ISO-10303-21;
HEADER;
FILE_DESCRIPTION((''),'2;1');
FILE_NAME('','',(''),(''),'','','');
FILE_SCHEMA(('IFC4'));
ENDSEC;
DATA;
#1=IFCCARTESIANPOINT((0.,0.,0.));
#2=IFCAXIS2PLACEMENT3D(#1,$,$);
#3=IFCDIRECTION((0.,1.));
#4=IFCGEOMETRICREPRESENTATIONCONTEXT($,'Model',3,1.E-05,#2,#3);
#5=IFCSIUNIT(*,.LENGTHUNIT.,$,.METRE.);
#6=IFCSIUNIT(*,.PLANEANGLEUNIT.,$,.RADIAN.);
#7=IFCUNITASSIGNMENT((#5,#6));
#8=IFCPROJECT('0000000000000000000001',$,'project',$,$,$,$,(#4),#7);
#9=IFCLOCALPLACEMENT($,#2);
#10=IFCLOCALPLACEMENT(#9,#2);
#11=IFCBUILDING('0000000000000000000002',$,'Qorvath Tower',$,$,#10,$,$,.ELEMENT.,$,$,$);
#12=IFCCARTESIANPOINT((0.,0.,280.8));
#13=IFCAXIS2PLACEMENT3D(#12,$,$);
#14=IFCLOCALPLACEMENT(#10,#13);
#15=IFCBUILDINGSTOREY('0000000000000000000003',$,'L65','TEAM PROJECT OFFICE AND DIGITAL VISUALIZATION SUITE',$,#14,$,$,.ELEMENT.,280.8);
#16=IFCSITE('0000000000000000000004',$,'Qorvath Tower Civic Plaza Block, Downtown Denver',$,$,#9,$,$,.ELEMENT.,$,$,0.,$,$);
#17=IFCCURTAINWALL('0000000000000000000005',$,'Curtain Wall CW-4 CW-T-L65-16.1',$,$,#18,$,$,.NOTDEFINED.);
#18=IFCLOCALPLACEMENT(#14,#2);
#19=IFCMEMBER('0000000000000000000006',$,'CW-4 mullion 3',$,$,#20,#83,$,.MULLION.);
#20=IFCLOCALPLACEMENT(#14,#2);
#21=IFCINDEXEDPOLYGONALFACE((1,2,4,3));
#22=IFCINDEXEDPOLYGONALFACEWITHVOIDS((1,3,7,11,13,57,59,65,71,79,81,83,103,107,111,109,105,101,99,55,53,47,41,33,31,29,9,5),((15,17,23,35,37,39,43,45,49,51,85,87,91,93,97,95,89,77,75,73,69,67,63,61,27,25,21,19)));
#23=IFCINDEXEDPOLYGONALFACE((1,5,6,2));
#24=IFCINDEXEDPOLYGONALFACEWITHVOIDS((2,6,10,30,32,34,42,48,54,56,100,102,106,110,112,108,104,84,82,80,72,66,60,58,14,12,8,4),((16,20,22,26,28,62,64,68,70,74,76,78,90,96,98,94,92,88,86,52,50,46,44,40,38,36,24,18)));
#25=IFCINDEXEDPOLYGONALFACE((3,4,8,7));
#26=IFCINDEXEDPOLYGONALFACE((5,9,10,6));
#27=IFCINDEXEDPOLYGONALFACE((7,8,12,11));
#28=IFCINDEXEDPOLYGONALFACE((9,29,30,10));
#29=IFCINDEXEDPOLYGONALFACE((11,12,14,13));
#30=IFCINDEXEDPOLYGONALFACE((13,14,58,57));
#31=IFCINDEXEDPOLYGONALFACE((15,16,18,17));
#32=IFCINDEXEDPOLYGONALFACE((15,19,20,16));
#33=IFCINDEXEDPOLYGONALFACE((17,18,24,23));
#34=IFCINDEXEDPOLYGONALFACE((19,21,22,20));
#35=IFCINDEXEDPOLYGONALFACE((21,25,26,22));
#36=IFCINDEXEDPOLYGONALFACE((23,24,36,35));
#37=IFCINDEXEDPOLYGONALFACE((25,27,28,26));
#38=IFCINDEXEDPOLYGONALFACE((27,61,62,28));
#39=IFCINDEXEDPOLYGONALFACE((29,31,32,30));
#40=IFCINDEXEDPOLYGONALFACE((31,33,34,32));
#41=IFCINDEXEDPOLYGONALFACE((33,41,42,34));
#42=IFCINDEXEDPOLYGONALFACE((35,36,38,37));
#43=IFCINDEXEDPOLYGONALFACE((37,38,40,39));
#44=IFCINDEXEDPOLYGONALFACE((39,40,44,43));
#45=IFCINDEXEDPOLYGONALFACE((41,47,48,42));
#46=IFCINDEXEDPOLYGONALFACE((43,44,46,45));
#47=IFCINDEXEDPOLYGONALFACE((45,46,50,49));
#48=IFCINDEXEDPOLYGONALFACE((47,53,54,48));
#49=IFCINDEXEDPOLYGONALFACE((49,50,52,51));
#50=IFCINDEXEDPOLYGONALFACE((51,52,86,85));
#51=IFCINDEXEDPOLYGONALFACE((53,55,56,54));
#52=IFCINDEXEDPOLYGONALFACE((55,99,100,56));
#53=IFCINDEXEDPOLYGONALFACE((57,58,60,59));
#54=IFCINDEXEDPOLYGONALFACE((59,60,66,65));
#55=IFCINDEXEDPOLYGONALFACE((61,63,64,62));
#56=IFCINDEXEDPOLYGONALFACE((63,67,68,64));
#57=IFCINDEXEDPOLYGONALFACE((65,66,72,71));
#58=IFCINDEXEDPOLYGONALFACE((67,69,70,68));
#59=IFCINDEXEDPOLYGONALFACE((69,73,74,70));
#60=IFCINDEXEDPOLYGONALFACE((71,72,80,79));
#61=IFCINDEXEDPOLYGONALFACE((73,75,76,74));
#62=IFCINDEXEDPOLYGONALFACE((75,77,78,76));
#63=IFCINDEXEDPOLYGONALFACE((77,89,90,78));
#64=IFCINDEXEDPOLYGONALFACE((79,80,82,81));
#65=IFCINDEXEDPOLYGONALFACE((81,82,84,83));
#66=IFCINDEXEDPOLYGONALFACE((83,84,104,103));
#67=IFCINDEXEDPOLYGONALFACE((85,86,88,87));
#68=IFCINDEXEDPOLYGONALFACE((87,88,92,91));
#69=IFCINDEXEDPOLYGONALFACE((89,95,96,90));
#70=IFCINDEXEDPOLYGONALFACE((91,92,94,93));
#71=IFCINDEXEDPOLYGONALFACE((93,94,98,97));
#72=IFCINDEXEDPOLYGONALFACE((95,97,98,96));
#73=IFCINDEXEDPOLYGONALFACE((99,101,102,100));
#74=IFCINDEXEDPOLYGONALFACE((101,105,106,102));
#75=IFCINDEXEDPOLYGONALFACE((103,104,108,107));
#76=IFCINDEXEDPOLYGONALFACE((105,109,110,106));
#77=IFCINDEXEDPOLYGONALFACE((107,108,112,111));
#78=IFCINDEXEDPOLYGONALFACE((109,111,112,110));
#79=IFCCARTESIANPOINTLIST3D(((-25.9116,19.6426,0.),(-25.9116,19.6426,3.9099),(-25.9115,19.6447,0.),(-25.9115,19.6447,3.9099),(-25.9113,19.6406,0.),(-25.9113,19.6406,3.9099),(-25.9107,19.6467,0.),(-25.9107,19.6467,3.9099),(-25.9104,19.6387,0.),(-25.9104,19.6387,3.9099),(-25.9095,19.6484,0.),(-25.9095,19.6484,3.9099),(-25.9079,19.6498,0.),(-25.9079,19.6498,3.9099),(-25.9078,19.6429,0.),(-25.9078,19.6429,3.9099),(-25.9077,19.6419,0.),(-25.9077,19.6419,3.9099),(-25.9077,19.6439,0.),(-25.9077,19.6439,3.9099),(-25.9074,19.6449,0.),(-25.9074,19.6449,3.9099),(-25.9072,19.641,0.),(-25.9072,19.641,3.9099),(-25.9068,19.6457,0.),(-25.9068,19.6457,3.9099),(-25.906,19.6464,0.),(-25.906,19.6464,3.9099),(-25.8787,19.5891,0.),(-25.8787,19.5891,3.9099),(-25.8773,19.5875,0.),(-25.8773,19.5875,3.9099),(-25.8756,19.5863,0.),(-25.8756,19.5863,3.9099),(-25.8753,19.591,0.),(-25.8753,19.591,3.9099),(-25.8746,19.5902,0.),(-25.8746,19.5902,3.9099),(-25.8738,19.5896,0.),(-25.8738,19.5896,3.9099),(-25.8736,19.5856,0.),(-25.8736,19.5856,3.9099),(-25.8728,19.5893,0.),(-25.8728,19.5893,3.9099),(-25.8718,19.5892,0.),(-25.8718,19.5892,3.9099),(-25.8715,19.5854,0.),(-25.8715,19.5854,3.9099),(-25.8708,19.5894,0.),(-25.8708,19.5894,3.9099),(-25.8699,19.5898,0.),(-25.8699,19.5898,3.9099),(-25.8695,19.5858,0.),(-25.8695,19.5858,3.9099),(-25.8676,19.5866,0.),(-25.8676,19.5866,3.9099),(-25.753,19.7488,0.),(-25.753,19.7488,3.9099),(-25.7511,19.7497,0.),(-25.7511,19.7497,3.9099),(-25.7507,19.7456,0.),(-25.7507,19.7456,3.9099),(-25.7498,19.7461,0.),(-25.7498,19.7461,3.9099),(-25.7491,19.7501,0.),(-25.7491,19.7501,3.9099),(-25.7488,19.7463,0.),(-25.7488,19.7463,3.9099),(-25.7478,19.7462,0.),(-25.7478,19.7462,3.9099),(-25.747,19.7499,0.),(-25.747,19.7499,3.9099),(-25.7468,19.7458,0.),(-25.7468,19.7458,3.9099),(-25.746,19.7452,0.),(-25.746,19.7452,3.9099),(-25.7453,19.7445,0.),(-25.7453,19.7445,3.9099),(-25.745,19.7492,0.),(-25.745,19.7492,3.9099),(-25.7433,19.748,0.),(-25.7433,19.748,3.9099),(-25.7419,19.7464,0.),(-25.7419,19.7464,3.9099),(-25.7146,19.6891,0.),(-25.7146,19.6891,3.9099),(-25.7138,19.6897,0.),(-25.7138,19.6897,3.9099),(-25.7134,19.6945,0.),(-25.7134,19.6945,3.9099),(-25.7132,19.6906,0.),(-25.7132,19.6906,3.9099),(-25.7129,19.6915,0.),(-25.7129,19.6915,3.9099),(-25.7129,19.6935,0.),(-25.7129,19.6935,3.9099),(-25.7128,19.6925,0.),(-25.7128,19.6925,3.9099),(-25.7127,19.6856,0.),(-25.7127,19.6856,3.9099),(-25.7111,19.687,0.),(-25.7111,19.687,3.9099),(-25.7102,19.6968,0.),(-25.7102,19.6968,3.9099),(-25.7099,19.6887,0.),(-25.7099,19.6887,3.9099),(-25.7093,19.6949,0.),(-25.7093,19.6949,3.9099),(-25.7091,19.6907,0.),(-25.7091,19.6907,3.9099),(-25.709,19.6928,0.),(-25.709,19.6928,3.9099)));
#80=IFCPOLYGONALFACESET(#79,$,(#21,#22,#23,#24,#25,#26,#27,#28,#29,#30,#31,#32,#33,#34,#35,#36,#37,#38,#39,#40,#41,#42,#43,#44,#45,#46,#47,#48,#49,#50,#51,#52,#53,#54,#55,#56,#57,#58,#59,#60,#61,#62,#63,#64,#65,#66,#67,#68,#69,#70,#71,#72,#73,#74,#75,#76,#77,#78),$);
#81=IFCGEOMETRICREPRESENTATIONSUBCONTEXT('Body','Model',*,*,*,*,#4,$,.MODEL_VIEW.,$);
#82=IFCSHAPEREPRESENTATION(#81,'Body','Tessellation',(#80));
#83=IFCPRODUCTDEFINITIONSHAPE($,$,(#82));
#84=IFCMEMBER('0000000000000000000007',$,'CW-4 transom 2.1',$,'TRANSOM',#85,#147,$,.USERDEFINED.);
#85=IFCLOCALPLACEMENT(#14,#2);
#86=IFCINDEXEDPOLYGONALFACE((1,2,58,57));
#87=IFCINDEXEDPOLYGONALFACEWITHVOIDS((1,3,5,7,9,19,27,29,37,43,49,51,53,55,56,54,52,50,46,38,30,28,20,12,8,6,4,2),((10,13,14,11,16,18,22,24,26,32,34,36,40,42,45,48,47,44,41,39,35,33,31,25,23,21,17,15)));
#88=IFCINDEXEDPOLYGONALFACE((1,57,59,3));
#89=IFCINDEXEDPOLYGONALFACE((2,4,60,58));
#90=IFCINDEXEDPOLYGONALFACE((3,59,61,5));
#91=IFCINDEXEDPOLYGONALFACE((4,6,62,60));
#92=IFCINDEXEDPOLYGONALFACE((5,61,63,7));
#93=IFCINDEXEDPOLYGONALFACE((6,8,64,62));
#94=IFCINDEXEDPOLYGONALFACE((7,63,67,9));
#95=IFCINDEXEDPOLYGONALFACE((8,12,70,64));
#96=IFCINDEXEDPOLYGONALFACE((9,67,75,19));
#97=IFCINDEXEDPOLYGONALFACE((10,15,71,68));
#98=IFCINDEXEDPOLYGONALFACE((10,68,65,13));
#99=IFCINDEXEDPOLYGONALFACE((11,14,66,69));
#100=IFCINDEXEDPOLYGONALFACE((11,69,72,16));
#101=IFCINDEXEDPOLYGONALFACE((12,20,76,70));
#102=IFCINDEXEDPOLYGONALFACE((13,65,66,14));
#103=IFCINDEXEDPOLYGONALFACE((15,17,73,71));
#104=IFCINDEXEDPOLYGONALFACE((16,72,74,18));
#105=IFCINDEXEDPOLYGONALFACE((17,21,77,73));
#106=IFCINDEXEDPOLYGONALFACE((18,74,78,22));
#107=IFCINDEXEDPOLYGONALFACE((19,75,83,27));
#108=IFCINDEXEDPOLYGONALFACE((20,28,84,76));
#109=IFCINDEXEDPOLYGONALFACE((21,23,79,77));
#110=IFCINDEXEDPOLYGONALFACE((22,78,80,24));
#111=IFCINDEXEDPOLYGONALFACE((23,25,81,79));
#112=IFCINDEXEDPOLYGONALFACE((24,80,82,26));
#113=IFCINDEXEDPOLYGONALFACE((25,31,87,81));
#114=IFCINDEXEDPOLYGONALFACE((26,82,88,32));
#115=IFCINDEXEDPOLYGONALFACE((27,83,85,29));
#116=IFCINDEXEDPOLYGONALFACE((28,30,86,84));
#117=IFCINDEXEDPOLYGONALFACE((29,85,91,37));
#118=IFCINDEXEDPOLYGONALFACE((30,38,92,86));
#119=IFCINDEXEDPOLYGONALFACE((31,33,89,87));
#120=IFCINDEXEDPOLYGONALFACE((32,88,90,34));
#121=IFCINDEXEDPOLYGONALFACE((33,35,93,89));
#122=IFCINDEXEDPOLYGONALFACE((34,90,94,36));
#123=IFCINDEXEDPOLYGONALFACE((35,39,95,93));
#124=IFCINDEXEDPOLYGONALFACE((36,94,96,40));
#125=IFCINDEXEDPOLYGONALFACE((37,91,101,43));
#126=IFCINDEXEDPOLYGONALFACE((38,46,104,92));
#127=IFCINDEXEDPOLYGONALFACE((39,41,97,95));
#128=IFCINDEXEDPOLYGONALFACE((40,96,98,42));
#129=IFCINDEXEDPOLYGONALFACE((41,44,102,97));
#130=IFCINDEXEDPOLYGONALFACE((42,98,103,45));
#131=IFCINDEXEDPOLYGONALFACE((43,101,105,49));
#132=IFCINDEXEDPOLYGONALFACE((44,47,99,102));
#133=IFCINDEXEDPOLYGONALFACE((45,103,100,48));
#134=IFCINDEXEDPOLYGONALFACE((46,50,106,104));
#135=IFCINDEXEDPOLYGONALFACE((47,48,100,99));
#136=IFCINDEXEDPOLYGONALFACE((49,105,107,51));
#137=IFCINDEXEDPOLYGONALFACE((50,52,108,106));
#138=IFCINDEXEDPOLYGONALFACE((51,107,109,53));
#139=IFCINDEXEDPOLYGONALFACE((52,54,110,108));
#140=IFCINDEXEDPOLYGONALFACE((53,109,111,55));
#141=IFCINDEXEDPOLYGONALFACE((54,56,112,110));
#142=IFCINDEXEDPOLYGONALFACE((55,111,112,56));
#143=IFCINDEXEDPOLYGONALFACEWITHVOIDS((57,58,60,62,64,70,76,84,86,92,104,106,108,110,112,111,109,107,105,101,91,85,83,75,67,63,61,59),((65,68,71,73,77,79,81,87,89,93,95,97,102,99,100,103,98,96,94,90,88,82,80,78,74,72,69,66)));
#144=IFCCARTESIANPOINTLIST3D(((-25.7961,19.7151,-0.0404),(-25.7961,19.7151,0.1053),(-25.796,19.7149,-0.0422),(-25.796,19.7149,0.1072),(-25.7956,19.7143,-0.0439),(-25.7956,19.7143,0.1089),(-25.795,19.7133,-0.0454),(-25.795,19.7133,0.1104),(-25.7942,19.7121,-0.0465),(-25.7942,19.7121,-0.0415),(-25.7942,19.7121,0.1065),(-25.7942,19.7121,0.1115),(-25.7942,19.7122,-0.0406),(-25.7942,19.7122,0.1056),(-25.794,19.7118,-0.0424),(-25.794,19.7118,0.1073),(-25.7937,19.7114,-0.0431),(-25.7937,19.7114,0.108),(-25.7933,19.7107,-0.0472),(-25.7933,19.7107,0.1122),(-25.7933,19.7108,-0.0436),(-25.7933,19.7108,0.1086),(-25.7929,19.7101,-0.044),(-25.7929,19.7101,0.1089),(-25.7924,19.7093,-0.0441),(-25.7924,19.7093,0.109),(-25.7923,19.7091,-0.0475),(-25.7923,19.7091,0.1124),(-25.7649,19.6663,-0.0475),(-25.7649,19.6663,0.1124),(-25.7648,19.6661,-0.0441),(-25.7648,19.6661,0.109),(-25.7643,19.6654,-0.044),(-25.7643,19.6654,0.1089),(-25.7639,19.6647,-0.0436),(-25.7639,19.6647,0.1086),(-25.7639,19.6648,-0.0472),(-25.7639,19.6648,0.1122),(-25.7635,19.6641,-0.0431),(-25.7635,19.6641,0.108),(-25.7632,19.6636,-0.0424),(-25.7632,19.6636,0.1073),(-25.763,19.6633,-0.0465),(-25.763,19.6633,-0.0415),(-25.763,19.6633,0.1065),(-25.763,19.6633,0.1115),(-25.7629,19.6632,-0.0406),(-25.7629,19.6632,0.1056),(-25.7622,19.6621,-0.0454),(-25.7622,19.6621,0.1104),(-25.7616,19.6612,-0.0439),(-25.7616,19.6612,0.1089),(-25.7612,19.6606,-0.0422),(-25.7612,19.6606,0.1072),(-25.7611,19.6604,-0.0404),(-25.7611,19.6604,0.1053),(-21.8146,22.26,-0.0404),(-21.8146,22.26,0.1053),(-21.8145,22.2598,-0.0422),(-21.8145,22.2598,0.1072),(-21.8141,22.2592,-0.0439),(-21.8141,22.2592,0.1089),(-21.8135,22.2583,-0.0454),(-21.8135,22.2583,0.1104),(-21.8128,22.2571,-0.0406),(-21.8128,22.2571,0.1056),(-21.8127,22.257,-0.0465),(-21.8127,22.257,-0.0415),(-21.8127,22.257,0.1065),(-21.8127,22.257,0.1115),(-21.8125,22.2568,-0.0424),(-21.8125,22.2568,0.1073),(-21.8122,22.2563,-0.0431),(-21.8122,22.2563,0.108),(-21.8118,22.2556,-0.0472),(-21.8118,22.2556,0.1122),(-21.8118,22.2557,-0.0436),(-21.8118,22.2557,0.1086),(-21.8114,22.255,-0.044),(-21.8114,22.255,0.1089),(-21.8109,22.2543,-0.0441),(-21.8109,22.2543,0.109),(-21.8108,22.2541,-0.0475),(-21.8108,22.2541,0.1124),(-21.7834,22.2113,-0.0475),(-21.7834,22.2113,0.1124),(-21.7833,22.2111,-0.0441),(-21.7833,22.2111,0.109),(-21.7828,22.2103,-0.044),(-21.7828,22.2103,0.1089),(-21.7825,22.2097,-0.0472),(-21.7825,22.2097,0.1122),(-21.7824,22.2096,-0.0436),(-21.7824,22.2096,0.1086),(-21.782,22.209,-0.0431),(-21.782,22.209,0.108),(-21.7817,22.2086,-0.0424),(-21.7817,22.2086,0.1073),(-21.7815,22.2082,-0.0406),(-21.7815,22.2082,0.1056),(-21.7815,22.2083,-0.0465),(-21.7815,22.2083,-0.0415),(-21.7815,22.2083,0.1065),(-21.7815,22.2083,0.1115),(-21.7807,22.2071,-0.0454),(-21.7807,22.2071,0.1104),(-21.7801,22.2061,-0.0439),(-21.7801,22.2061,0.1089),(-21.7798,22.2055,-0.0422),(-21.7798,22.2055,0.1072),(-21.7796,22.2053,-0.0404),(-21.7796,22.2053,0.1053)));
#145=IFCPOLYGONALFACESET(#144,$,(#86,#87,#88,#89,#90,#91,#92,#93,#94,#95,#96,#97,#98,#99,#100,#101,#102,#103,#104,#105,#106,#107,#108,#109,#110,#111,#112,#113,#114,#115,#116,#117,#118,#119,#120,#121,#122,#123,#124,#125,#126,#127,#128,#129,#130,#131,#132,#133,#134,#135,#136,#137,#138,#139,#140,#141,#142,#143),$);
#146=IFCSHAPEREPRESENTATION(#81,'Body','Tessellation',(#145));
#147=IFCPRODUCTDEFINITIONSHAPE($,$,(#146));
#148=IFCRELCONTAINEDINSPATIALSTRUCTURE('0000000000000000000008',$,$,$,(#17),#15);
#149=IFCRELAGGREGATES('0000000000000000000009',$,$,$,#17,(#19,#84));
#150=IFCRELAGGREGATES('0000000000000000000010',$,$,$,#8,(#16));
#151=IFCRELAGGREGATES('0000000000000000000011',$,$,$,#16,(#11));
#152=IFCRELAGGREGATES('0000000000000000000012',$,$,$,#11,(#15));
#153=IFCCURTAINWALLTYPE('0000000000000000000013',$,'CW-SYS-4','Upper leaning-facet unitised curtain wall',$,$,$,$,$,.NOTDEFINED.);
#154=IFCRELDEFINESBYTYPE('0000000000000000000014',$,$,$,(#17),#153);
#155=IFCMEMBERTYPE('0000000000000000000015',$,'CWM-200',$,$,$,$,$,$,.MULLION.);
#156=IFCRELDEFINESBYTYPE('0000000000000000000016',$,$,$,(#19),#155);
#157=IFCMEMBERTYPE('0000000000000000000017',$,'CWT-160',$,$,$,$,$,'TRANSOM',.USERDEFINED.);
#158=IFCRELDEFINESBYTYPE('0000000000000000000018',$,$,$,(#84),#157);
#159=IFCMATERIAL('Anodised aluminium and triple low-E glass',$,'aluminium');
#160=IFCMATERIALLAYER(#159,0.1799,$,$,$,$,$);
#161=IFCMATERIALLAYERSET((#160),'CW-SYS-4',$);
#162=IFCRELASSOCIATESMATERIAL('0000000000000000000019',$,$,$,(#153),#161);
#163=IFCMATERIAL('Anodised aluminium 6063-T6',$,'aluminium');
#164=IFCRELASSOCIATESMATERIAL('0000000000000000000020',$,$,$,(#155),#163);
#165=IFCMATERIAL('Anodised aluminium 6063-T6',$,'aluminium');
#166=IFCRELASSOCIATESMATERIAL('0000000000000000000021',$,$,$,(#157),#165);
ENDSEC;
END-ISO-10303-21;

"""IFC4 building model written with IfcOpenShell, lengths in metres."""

from ifc_helpers import new_model, si_unit, direction, frame, origin, origin_2d, place, context, subcontext, project, spatial, hollow_rectangle, extrude, material, layer, layer_set, material_profile, profile_set, type_object, element, aggregate, save


model = new_model("IFC4")

# Units and contexts
model_context = context("Model", 3, precision=1e-05, world=origin(), true_north=direction((0.0, 1.0)))
body_context = subcontext(model_context, "Body", "Model", "MODEL_VIEW")
ifc_project = project(units=[si_unit("LENGTHUNIT", "METRE"), si_unit("PLANEANGLEUNIT", "RADIAN")], contexts=[model_context])

# Site, building, storey
site_placement = place(None, origin())
site = spatial("IfcSite", under=ifc_project, at=site_placement, Name="Qorvath Tower Civic Plaza Block, Downtown Denver", CompositionType="ELEMENT", RefElevation=0.0)
building_placement = place(site_placement, origin())
building = spatial("IfcBuilding", under=site, at=building_placement, Name="Qorvath Tower", CompositionType="ELEMENT")
storey_placement = place(building_placement, frame((0.0, 0.0, 280.8)))
storey = spatial("IfcBuildingStorey", under=building, at=storey_placement, Name="L65", Description="TEAM PROJECT OFFICE AND DIGITAL VISUALIZATION SUITE", CompositionType="ELEMENT", Elevation=280.8)

# Curtain wall, members
ifc_material_1 = material(Name="Anodised aluminium and triple low-E glass", Category="aluminium")
ifc_layer_1 = layer(ifc_material_1, 0.1799)
ifc_layer_set_1 = layer_set([ifc_layer_1], Name="CW-SYS-4")
curtain_wall_type = type_object("IfcCurtainWallType", Name="CW-SYS-4", Description="Upper leaning-facet unitised curtain wall", PredefinedType="NOTDEFINED", material=ifc_layer_set_1)
curtain_wall_placement = place(storey_placement, origin())
curtain_wall = element("IfcCurtainWall", 1, at=curtain_wall_placement, inside=storey, type_object=curtain_wall_type, Name="Curtain Wall CW-4 CW-T-L65-16.1", PredefinedType="NOTDEFINED")
ifc_material_2 = material(Name="Anodised aluminium 6063-T6", Category="aluminium")
ifc_material_profile_1 = material_profile(ifc_material_2, hollow_rectangle(XDim=0.075, YDim=0.2, WallThickness=0.0039, InnerFilletRadius=0.0039, OuterFilletRadius=0.0081, at=origin_2d()), Name="CWM 200x75")
ifc_profile_set_1 = profile_set([ifc_material_profile_1], Name="Anodised aluminium 6063-T6")
member_type_1 = type_object("IfcMemberType", Name="CWM-200", PredefinedType="MULLION", material=ifc_profile_set_1)
member_1_placement = place(storey_placement, frame((-25.8103, 19.6677, 0.0), z_axis=(0.0, 0.0, 1.0), x_axis=(0.538534, -0.842604, 0.0)))
member_1 = element("IfcMember", 2, at=member_1_placement, type_object=member_type_1, Name="CW-4 mullion 3", PredefinedType="MULLION", context=body_context, shape_type="SweptSolid", body=[
    extrude(hollow_rectangle(XDim=0.075, YDim=0.2, WallThickness=0.0039, InnerFilletRadius=0.0039, OuterFilletRadius=0.0081, at=origin_2d()), origin(), (0.0, 0.0, 1.0), 3.9099),
])
ifc_material_3 = material(Name="Anodised aluminium 6063-T6", Category="aluminium")
ifc_material_profile_2 = material_profile(ifc_material_3, hollow_rectangle(XDim=0.0649, YDim=0.1599, WallThickness=0.0034, InnerFilletRadius=0.0034, OuterFilletRadius=0.0071, at=origin_2d()), Name="CWT 160x65")
ifc_profile_set_2 = profile_set([ifc_material_profile_2], Name="Anodised aluminium 6063-T6")
member_type_2 = type_object("IfcMemberType", Name="CWT-160", ElementType="TRANSOM", PredefinedType="USERDEFINED", material=ifc_profile_set_2)
member_2_placement = place(storey_placement, frame((-21.7971, 22.2327, 0.0325), z_axis=(-0.842579, -0.538573, 0.0), x_axis=(0.538573, -0.842579, 0.0)))
member_2 = element("IfcMember", 3, at=member_2_placement, type_object=member_type_2, Name="CW-4 transom 2.1", ObjectType="TRANSOM", PredefinedType="USERDEFINED", context=body_context, shape_type="SweptSolid", body=[
    extrude(hollow_rectangle(XDim=0.0649, YDim=0.1599, WallThickness=0.0034, InnerFilletRadius=0.0034, OuterFilletRadius=0.0071, at=origin_2d()), origin(), (0.0, 0.0, 1.0), 4.7253),
])
aggregate(curtain_wall, [member_1, member_2])

save(model, "model.ifc")
